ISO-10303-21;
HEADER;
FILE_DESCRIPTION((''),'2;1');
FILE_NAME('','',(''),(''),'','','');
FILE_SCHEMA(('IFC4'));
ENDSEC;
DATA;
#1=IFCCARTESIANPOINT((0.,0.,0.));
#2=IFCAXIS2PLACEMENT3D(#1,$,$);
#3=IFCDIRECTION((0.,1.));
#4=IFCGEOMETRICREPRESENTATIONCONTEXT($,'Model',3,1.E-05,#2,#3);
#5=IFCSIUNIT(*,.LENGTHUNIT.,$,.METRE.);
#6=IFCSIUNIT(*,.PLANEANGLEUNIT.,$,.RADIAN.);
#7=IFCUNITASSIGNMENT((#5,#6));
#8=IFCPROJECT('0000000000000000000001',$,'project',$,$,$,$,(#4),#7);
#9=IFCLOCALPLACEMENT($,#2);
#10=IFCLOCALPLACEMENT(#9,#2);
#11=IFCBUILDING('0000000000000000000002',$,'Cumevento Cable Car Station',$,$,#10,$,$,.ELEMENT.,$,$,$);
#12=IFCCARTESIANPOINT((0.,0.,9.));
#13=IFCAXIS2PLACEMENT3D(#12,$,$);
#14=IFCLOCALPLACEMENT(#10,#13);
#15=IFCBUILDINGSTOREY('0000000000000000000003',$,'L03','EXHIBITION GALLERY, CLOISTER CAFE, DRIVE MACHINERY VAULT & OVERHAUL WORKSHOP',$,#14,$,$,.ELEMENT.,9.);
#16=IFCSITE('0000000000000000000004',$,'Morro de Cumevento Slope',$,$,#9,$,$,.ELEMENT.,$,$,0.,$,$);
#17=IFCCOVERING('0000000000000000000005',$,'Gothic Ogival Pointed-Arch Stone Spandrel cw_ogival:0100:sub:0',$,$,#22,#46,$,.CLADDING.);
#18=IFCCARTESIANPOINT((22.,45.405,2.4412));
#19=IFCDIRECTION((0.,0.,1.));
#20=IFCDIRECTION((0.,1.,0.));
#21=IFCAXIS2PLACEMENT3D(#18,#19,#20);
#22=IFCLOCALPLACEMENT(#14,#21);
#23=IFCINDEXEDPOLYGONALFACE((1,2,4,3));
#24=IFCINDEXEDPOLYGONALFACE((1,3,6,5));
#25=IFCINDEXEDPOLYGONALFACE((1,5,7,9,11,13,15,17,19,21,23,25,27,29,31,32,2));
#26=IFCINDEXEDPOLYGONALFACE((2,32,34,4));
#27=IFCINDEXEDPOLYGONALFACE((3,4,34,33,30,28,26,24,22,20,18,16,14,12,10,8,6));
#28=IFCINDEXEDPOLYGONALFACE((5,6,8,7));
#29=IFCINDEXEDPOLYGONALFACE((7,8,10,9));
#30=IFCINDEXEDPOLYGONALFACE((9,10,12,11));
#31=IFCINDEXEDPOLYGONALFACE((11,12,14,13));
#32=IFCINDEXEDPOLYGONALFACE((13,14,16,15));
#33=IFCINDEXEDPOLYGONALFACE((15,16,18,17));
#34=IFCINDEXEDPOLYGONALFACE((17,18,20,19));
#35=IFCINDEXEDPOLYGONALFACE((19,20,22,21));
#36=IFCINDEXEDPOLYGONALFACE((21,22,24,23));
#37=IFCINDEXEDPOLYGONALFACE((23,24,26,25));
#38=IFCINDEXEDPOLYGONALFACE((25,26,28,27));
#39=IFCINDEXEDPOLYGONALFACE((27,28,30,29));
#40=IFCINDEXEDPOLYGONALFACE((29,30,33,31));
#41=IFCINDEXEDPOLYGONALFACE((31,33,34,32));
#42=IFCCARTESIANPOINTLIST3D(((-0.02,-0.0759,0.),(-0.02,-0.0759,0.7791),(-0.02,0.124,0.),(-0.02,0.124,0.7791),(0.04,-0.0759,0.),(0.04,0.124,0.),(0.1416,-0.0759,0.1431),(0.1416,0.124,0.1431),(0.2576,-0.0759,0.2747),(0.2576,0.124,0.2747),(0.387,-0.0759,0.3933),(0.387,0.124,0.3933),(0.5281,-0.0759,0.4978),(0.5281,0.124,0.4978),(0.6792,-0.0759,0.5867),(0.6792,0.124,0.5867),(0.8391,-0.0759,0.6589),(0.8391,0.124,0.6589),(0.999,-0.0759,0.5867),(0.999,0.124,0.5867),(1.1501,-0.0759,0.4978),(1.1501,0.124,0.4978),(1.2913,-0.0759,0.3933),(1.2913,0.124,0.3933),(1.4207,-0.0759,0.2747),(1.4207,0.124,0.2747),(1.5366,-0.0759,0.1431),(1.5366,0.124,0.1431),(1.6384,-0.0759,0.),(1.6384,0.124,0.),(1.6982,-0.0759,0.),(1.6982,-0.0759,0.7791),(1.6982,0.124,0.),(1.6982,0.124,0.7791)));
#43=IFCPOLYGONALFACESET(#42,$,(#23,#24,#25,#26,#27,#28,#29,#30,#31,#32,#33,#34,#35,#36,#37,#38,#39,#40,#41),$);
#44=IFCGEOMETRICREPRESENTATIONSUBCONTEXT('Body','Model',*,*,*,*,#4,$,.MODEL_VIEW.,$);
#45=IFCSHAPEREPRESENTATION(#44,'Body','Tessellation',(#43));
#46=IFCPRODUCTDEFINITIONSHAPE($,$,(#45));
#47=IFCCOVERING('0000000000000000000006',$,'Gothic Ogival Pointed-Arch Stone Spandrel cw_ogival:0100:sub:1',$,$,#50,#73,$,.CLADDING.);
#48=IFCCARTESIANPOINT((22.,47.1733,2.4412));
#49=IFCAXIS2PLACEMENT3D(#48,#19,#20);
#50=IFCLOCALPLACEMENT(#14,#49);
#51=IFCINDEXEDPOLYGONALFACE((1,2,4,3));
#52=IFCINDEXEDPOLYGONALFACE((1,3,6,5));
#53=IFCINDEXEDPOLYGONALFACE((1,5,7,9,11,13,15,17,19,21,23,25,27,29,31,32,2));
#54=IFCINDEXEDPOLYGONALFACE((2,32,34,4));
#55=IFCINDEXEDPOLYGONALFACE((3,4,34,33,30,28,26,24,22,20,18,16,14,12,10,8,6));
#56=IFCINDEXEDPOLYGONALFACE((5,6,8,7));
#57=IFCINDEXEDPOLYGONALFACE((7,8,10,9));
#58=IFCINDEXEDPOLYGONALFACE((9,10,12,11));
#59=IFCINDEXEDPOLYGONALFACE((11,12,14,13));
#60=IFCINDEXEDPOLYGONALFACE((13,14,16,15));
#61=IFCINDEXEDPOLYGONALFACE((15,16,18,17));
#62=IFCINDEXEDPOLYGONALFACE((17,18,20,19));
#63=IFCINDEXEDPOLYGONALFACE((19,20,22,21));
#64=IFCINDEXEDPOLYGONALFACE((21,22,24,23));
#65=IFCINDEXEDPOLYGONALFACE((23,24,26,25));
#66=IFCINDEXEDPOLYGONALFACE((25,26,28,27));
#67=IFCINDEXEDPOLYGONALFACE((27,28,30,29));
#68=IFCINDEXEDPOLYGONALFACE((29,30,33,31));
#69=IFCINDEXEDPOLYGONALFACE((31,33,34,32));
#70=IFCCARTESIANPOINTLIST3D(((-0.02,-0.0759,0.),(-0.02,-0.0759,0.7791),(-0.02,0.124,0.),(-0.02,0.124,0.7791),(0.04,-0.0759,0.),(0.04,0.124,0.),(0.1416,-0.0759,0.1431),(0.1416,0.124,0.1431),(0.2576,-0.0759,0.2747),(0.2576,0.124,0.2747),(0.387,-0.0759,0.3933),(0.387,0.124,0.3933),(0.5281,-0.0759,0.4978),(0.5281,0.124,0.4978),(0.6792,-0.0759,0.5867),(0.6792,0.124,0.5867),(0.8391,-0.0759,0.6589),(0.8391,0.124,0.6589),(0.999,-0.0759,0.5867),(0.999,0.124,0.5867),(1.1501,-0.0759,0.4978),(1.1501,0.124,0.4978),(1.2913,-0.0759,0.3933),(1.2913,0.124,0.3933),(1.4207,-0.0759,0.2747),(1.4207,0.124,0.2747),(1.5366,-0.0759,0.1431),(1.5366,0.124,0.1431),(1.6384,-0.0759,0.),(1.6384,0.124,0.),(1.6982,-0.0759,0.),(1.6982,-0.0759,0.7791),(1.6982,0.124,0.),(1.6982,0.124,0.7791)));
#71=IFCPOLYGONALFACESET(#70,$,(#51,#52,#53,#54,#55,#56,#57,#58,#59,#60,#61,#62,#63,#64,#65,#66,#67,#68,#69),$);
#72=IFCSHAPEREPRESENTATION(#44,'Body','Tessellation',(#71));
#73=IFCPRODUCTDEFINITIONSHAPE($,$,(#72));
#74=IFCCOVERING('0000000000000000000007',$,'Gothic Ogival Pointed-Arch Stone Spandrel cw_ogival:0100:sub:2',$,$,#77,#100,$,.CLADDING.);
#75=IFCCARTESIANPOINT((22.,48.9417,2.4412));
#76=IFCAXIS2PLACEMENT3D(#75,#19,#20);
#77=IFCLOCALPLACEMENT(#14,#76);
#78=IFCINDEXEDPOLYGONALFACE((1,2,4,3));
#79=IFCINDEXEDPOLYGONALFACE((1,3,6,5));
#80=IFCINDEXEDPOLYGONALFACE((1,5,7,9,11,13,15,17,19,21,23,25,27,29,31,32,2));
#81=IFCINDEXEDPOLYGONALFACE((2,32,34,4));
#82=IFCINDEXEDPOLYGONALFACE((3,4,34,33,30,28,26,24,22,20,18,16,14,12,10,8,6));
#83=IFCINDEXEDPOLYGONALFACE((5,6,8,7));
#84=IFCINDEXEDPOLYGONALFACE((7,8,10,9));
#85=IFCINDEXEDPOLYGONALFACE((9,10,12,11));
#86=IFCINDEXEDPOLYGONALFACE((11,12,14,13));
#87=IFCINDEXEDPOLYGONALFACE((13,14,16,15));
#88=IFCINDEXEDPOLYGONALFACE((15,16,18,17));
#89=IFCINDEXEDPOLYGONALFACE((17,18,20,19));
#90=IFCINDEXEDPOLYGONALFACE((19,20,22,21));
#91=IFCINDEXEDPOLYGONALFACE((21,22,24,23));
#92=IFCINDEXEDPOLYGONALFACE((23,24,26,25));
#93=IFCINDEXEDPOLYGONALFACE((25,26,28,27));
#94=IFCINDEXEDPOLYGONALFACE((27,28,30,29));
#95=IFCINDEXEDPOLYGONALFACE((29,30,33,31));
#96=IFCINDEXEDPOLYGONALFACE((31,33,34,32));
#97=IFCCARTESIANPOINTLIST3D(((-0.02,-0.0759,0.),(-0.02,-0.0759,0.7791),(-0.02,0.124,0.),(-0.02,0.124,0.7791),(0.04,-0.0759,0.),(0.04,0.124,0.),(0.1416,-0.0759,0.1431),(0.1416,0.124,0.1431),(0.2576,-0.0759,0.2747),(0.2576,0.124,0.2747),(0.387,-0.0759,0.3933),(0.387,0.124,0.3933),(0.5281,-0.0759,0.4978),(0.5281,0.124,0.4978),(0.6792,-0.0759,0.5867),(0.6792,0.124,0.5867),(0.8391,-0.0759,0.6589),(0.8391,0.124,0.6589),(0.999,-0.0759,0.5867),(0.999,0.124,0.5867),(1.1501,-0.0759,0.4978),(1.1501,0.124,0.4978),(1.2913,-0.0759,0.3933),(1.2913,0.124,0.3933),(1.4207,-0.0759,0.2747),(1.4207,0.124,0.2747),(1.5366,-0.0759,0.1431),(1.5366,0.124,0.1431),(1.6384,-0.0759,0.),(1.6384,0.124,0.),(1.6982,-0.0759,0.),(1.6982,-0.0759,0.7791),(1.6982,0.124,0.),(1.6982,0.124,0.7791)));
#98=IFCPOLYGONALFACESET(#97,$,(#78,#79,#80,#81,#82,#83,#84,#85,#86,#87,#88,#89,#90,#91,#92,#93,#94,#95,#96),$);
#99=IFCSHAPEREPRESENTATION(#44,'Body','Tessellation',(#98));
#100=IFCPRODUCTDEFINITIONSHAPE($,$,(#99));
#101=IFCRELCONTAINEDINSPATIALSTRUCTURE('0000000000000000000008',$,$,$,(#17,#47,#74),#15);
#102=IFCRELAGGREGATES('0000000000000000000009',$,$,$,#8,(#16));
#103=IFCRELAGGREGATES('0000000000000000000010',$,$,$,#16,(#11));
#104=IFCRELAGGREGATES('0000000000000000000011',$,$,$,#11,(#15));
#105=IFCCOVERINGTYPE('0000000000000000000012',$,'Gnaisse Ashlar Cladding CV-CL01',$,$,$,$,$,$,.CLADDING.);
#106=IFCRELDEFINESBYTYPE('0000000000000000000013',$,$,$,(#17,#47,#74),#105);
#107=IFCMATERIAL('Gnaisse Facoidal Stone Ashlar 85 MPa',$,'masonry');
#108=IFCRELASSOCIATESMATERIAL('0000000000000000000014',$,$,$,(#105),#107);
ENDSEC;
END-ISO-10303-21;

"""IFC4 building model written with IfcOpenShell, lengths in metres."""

from ifc_helpers import new_model, si_unit, direction, frame, origin, place, context, subcontext, project, spatial, polyline, outline, extrude, material, type_object, element, save


model = new_model("IFC4")

# Units and contexts
model_context = context("Model", 3, precision=1e-05, world=origin(), true_north=direction((0.0, 1.0)))
body_context = subcontext(model_context, "Body", "Model", "MODEL_VIEW")
ifc_project = project(units=[si_unit("LENGTHUNIT", "METRE"), si_unit("PLANEANGLEUNIT", "RADIAN")], contexts=[model_context])

# Site, building, storey
site_placement = place(None, origin())
site = spatial("IfcSite", under=ifc_project, at=site_placement, Name="Morro de Cumevento Slope", CompositionType="ELEMENT", RefElevation=0.0)
building_placement = place(site_placement, origin())
building = spatial("IfcBuilding", under=site, at=building_placement, Name="Cumevento Cable Car Station", CompositionType="ELEMENT")
storey_placement = place(building_placement, frame((0.0, 0.0, 9.0)))
storey = spatial("IfcBuildingStorey", under=building, at=storey_placement, Name="L03", Description="EXHIBITION GALLERY, CLOISTER CAFE, DRIVE MACHINERY VAULT & OVERHAUL WORKSHOP", CompositionType="ELEMENT", Elevation=9.0)

# Coverings
ifc_material_1 = material(Name="Gnaisse Facoidal Stone Ashlar 85 MPa", Category="masonry")
covering_type = type_object("IfcCoveringType", Name="Gnaisse Ashlar Cladding CV-CL01", PredefinedType="CLADDING", material=ifc_material_1)
for number, where, z_axis, x_axis, name in (
    (1, (22.0, 45.405, 2.4412), (0.0, 0.0, 1.0), (0.0, 1.0, 0.0), "Gothic Ogival Pointed-Arch Stone Spandrel cw_ogival:0100:sub:0"),
    (2, (22.0, 47.1733, 2.4412), (0.0, 0.0, 1.0), (0.0, 1.0, 0.0), "Gothic Ogival Pointed-Arch Stone Spandrel cw_ogival:0100:sub:1"),
    (3, (22.0, 48.9417, 2.4412), (0.0, 0.0, 1.0), (0.0, 1.0, 0.0), "Gothic Ogival Pointed-Arch Stone Spandrel cw_ogival:0100:sub:2"),
):
    element("IfcCovering", number, at=place(storey_placement, frame(where, z_axis=z_axis, x_axis=x_axis)), inside=storey, type_object=covering_type, Name=name, PredefinedType="CLADDING", context=body_context, shape_type="SweptSolid", body=[
        extrude(outline(polyline([(-0.02, 0.0), (-0.02, 0.7791), (1.6982, 0.7791), (1.6982, 0.0), (1.6384, 0.0), (1.5366, 0.1431), (1.4207, 0.2747), (1.2913, 0.3933), (1.1501, 0.4978), (0.999, 0.5867), (0.8391, 0.6589), (0.6792, 0.5867), (0.5281, 0.4978), (0.387, 0.3933), (0.2576, 0.2747), (0.1416, 0.1431), (0.04, 0.0), (-0.02, 0.0)])), frame((0.0, 0.124, 0.0), z_axis=(0.0, -1.0, 0.0), x_axis=(1.0, 0.0, 0.0)), (0.0, 0.0, 1.0), 0.2),
    ])

save(model, "model.ifc")
